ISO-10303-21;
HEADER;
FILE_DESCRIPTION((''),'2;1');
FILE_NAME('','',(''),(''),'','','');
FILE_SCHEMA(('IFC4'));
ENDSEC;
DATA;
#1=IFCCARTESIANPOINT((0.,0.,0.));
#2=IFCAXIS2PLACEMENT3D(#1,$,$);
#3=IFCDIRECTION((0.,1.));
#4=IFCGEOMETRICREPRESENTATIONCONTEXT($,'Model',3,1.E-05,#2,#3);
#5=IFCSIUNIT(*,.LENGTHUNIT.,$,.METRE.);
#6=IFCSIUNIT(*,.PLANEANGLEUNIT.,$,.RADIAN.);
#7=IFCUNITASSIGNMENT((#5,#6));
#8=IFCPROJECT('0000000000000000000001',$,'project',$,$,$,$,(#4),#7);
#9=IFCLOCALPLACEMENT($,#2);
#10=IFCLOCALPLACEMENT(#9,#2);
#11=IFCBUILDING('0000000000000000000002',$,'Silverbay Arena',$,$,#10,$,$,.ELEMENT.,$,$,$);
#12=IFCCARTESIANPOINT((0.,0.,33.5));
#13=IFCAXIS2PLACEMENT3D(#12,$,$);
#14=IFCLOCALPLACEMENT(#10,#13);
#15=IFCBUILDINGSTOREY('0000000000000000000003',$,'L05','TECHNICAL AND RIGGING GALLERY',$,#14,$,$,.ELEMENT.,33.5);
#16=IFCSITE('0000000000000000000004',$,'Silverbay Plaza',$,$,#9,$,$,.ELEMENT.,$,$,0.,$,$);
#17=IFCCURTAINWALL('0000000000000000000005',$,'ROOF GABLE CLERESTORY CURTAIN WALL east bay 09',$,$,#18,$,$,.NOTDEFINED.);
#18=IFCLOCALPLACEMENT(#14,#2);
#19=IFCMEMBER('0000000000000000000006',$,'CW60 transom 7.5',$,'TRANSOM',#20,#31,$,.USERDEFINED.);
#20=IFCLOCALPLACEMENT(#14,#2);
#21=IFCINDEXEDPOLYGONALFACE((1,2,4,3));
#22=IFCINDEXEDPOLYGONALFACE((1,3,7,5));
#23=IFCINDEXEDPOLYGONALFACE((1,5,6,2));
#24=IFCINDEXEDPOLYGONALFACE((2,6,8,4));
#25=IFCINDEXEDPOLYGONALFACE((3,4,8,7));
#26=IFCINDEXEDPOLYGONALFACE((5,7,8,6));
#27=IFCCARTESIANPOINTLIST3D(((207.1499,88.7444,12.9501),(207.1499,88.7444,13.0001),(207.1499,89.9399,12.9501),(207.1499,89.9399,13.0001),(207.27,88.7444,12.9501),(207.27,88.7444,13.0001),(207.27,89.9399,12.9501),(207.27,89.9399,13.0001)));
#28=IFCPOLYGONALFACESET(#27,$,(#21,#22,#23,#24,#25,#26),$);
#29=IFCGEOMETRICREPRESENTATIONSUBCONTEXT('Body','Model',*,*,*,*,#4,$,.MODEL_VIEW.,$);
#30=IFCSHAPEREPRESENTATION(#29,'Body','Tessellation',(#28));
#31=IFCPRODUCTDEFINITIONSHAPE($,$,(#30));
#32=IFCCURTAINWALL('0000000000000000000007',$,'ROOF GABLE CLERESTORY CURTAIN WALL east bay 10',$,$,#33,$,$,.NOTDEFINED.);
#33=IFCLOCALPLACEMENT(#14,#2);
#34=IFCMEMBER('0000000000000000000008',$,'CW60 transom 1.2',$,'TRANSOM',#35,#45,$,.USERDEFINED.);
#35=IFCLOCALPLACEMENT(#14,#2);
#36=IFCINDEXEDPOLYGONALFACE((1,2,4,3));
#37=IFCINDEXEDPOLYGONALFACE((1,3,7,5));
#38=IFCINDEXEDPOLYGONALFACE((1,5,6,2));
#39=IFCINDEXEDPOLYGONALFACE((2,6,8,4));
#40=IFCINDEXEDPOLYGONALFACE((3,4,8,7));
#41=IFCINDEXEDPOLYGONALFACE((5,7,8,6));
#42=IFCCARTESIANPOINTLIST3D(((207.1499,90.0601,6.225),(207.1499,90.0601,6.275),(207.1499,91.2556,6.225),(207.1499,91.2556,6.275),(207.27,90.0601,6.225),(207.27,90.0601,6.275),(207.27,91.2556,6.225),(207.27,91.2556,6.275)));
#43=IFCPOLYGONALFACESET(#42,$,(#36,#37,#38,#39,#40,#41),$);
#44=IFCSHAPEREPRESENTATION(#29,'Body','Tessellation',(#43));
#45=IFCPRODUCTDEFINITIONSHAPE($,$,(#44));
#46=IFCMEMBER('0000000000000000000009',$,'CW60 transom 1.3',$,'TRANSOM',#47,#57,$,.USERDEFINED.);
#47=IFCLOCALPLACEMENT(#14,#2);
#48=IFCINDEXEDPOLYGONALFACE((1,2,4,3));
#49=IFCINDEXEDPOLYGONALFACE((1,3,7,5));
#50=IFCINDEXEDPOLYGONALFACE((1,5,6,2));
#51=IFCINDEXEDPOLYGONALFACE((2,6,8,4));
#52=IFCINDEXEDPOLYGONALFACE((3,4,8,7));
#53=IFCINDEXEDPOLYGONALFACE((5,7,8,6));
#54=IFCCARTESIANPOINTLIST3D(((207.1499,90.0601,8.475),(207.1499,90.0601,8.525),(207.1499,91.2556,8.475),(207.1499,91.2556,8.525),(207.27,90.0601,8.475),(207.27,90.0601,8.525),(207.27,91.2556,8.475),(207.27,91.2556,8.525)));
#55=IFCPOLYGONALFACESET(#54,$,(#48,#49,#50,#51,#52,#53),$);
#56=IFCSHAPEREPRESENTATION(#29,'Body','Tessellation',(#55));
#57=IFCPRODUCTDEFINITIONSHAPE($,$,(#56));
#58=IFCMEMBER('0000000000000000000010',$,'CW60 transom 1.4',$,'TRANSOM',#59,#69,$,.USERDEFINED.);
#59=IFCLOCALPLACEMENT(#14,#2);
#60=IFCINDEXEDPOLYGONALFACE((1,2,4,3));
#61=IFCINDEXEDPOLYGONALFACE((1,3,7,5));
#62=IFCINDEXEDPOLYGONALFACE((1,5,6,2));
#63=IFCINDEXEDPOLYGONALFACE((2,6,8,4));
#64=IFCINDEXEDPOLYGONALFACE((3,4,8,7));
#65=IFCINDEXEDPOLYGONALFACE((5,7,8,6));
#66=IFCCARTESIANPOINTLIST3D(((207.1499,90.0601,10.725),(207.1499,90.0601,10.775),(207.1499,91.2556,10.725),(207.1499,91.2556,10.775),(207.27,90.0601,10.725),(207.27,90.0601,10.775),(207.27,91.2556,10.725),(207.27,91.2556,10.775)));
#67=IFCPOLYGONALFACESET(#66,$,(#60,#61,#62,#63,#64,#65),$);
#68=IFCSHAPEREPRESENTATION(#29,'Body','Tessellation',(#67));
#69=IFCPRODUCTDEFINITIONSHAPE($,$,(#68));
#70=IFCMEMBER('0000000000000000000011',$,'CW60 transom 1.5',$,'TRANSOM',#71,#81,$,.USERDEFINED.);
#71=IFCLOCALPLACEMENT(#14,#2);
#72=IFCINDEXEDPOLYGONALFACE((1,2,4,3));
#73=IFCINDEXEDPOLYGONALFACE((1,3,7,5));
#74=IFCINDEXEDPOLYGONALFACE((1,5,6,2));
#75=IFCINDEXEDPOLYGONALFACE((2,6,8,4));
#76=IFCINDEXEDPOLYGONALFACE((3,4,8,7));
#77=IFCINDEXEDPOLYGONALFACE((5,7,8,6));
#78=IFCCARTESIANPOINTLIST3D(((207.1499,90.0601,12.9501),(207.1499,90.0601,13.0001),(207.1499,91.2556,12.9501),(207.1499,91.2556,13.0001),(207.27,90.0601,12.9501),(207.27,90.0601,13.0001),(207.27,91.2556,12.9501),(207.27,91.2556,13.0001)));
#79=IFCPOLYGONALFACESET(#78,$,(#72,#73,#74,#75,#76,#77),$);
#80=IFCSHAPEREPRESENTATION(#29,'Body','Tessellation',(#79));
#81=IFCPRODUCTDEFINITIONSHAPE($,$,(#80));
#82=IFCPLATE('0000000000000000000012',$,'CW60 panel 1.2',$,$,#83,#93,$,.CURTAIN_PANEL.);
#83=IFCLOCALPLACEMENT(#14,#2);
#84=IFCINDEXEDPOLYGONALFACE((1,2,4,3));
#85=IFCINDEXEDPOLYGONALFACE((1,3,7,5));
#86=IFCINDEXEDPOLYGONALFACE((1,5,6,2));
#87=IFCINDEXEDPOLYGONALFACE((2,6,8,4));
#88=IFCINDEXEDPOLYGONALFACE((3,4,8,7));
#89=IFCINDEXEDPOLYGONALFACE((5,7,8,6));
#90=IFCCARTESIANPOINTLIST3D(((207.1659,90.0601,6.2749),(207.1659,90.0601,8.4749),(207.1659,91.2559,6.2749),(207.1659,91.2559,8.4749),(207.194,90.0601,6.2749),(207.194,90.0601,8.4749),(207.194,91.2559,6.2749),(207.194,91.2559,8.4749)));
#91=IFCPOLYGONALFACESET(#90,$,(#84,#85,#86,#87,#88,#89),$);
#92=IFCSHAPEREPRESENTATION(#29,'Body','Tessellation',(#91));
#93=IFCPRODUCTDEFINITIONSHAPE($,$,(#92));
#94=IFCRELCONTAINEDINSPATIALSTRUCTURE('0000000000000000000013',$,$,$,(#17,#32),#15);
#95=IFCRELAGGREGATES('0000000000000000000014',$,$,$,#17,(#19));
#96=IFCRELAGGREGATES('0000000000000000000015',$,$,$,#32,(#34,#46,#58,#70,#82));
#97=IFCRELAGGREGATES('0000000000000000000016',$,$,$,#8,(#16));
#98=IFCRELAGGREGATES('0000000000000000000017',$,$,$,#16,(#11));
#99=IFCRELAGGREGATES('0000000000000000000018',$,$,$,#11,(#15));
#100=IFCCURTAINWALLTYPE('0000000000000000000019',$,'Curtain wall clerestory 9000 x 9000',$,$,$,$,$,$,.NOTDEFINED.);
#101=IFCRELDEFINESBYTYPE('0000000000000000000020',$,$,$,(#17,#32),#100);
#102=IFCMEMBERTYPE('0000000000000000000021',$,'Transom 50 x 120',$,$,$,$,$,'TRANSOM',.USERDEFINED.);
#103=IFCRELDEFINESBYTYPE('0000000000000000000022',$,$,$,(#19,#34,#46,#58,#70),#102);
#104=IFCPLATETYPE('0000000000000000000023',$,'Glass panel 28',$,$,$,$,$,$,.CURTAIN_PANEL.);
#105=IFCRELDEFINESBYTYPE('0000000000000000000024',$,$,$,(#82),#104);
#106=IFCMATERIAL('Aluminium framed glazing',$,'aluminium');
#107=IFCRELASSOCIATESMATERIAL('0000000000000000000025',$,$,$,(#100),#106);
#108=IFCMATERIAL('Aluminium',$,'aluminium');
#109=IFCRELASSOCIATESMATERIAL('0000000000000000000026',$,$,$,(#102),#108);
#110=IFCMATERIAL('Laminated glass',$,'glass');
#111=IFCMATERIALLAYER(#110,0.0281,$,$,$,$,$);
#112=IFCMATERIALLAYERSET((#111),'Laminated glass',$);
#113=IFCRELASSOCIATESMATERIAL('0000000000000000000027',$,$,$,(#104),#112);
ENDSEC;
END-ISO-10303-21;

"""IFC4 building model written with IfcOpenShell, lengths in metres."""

from ifc_helpers import new_model, si_unit, direction, frame, origin, origin_2d, place, context, subcontext, project, spatial, rectangle, extrude, material, layer, layer_set, material_profile, profile_set, type_object, element, aggregate, save


model = new_model("IFC4")

# Units and contexts
model_context = context("Model", 3, precision=1e-05, world=origin(), true_north=direction((0.0, 1.0)))
body_context = subcontext(model_context, "Body", "Model", "MODEL_VIEW")
ifc_project = project(units=[si_unit("LENGTHUNIT", "METRE"), si_unit("PLANEANGLEUNIT", "RADIAN")], contexts=[model_context])

# Site, building, storey
site_placement = place(None, origin())
site = spatial("IfcSite", under=ifc_project, at=site_placement, Name="Silverbay Plaza", CompositionType="ELEMENT", RefElevation=0.0)
building_placement = place(site_placement, origin())
building = spatial("IfcBuilding", under=site, at=building_placement, Name="Silverbay Arena", CompositionType="ELEMENT")
storey_placement = place(building_placement, frame((0.0, 0.0, 33.5)))
storey = spatial("IfcBuildingStorey", under=building, at=storey_placement, Name="L05", Description="TECHNICAL AND RIGGING GALLERY", CompositionType="ELEMENT", Elevation=33.5)

# Curtain wall, member
ifc_material_1 = material(Name="Aluminium framed glazing", Category="aluminium")
curtain_wall_type = type_object("IfcCurtainWallType", Name="Curtain wall clerestory 9000 x 9000", PredefinedType="NOTDEFINED", material=ifc_material_1)
curtain_wall_1_placement = place(storey_placement, origin())
curtain_wall_1 = element("IfcCurtainWall", 1, at=curtain_wall_1_placement, inside=storey, type_object=curtain_wall_type, Name="ROOF GABLE CLERESTORY CURTAIN WALL east bay 09", PredefinedType="NOTDEFINED")
ifc_material_2 = material(Name="Aluminium", Category="aluminium")
ifc_material_profile_1 = material_profile(ifc_material_2, rectangle(XDim=0.1201, YDim=0.05, at=origin_2d()), Name="Transom 50 x 120")
ifc_profile_set_1 = profile_set([ifc_material_profile_1], Name="Aluminium")
member_type_1 = type_object("IfcMemberType", Name="Transom 50 x 120", ElementType="TRANSOM", PredefinedType="USERDEFINED", material=ifc_profile_set_1)
member_1_placement = place(storey_placement, frame((207.21, 88.7444, 12.9751), z_axis=(0.0, 1.0, 0.0), x_axis=(-1.0, 0.0, 0.0)))
member_1 = element("IfcMember", 2, at=member_1_placement, type_object=member_type_1, Name="CW60 transom 7.5", ObjectType="TRANSOM", PredefinedType="USERDEFINED", context=body_context, shape_type="SweptSolid", body=[
    extrude(rectangle(XDim=0.1201, YDim=0.05, at=origin_2d()), origin(), (0.0, 0.0, 1.0), 1.1956),
])
aggregate(curtain_wall_1, [member_1])

# Curtain wall, members, plate
curtain_wall_2_placement = place(storey_placement, origin())
curtain_wall_2 = element("IfcCurtainWall", 3, at=curtain_wall_2_placement, inside=storey, type_object=curtain_wall_type, Name="ROOF GABLE CLERESTORY CURTAIN WALL east bay 10", PredefinedType="NOTDEFINED")
member_2_placement = place(storey_placement, frame((207.21, 90.0601, 6.25), z_axis=(0.0, 1.0, 0.0), x_axis=(-1.0, 0.0, 0.0)))
member_2 = element("IfcMember", 4, at=member_2_placement, type_object=member_type_1, Name="CW60 transom 1.2", ObjectType="TRANSOM", PredefinedType="USERDEFINED", context=body_context, shape_type="SweptSolid", body=[
    extrude(rectangle(XDim=0.1201, YDim=0.05, at=origin_2d()), origin(), (0.0, 0.0, 1.0), 1.1956),
])
member_3_placement = place(storey_placement, frame((207.21, 90.0601, 8.5), z_axis=(0.0, 1.0, 0.0), x_axis=(-1.0, 0.0, 0.0)))
member_3 = element("IfcMember", 5, at=member_3_placement, type_object=member_type_1, Name="CW60 transom 1.3", ObjectType="TRANSOM", PredefinedType="USERDEFINED", context=body_context, shape_type="SweptSolid", body=[
    extrude(rectangle(XDim=0.1201, YDim=0.05, at=origin_2d()), origin(), (0.0, 0.0, 1.0), 1.1956),
])
member_4_placement = place(storey_placement, frame((207.21, 90.0601, 10.75), z_axis=(0.0, 1.0, 0.0), x_axis=(-1.0, 0.0, 0.0)))
member_4 = element("IfcMember", 6, at=member_4_placement, type_object=member_type_1, Name="CW60 transom 1.4", ObjectType="TRANSOM", PredefinedType="USERDEFINED", context=body_context, shape_type="SweptSolid", body=[
    extrude(rectangle(XDim=0.1201, YDim=0.05, at=origin_2d()), origin(), (0.0, 0.0, 1.0), 1.1956),
])
member_5_placement = place(storey_placement, frame((207.21, 90.0601, 12.9751), z_axis=(0.0, 1.0, 0.0), x_axis=(-1.0, 0.0, 0.0)))
member_5 = element("IfcMember", 7, at=member_5_placement, type_object=member_type_1, Name="CW60 transom 1.5", ObjectType="TRANSOM", PredefinedType="USERDEFINED", context=body_context, shape_type="SweptSolid", body=[
    extrude(rectangle(XDim=0.1201, YDim=0.05, at=origin_2d()), origin(), (0.0, 0.0, 1.0), 1.1956),
])
ifc_material_3 = material(Name="Laminated glass", Category="glass")
ifc_layer = layer(ifc_material_3, 0.0281)
ifc_layer_set = layer_set([ifc_layer], Name="Laminated glass")
plate_type = type_object("IfcPlateType", Name="Glass panel 28", PredefinedType="CURTAIN_PANEL", material=ifc_layer_set)
plate_placement = place(storey_placement, frame((207.1799, 90.658, 6.2749), z_axis=(0.0, 0.0, 1.0), x_axis=(0.0, 1.0, 0.0)))
plate = element("IfcPlate", 8, at=plate_placement, type_object=plate_type, Name="CW60 panel 1.2", PredefinedType="CURTAIN_PANEL", context=body_context, shape_type="SweptSolid", body=[
    extrude(rectangle(XDim=1.1958, YDim=0.0281, at=origin_2d()), origin(), (0.0, 0.0, 1.0), 2.2),
])
aggregate(curtain_wall_2, [member_2, member_3, member_4, member_5, plate])

save(model, "model.ifc")
